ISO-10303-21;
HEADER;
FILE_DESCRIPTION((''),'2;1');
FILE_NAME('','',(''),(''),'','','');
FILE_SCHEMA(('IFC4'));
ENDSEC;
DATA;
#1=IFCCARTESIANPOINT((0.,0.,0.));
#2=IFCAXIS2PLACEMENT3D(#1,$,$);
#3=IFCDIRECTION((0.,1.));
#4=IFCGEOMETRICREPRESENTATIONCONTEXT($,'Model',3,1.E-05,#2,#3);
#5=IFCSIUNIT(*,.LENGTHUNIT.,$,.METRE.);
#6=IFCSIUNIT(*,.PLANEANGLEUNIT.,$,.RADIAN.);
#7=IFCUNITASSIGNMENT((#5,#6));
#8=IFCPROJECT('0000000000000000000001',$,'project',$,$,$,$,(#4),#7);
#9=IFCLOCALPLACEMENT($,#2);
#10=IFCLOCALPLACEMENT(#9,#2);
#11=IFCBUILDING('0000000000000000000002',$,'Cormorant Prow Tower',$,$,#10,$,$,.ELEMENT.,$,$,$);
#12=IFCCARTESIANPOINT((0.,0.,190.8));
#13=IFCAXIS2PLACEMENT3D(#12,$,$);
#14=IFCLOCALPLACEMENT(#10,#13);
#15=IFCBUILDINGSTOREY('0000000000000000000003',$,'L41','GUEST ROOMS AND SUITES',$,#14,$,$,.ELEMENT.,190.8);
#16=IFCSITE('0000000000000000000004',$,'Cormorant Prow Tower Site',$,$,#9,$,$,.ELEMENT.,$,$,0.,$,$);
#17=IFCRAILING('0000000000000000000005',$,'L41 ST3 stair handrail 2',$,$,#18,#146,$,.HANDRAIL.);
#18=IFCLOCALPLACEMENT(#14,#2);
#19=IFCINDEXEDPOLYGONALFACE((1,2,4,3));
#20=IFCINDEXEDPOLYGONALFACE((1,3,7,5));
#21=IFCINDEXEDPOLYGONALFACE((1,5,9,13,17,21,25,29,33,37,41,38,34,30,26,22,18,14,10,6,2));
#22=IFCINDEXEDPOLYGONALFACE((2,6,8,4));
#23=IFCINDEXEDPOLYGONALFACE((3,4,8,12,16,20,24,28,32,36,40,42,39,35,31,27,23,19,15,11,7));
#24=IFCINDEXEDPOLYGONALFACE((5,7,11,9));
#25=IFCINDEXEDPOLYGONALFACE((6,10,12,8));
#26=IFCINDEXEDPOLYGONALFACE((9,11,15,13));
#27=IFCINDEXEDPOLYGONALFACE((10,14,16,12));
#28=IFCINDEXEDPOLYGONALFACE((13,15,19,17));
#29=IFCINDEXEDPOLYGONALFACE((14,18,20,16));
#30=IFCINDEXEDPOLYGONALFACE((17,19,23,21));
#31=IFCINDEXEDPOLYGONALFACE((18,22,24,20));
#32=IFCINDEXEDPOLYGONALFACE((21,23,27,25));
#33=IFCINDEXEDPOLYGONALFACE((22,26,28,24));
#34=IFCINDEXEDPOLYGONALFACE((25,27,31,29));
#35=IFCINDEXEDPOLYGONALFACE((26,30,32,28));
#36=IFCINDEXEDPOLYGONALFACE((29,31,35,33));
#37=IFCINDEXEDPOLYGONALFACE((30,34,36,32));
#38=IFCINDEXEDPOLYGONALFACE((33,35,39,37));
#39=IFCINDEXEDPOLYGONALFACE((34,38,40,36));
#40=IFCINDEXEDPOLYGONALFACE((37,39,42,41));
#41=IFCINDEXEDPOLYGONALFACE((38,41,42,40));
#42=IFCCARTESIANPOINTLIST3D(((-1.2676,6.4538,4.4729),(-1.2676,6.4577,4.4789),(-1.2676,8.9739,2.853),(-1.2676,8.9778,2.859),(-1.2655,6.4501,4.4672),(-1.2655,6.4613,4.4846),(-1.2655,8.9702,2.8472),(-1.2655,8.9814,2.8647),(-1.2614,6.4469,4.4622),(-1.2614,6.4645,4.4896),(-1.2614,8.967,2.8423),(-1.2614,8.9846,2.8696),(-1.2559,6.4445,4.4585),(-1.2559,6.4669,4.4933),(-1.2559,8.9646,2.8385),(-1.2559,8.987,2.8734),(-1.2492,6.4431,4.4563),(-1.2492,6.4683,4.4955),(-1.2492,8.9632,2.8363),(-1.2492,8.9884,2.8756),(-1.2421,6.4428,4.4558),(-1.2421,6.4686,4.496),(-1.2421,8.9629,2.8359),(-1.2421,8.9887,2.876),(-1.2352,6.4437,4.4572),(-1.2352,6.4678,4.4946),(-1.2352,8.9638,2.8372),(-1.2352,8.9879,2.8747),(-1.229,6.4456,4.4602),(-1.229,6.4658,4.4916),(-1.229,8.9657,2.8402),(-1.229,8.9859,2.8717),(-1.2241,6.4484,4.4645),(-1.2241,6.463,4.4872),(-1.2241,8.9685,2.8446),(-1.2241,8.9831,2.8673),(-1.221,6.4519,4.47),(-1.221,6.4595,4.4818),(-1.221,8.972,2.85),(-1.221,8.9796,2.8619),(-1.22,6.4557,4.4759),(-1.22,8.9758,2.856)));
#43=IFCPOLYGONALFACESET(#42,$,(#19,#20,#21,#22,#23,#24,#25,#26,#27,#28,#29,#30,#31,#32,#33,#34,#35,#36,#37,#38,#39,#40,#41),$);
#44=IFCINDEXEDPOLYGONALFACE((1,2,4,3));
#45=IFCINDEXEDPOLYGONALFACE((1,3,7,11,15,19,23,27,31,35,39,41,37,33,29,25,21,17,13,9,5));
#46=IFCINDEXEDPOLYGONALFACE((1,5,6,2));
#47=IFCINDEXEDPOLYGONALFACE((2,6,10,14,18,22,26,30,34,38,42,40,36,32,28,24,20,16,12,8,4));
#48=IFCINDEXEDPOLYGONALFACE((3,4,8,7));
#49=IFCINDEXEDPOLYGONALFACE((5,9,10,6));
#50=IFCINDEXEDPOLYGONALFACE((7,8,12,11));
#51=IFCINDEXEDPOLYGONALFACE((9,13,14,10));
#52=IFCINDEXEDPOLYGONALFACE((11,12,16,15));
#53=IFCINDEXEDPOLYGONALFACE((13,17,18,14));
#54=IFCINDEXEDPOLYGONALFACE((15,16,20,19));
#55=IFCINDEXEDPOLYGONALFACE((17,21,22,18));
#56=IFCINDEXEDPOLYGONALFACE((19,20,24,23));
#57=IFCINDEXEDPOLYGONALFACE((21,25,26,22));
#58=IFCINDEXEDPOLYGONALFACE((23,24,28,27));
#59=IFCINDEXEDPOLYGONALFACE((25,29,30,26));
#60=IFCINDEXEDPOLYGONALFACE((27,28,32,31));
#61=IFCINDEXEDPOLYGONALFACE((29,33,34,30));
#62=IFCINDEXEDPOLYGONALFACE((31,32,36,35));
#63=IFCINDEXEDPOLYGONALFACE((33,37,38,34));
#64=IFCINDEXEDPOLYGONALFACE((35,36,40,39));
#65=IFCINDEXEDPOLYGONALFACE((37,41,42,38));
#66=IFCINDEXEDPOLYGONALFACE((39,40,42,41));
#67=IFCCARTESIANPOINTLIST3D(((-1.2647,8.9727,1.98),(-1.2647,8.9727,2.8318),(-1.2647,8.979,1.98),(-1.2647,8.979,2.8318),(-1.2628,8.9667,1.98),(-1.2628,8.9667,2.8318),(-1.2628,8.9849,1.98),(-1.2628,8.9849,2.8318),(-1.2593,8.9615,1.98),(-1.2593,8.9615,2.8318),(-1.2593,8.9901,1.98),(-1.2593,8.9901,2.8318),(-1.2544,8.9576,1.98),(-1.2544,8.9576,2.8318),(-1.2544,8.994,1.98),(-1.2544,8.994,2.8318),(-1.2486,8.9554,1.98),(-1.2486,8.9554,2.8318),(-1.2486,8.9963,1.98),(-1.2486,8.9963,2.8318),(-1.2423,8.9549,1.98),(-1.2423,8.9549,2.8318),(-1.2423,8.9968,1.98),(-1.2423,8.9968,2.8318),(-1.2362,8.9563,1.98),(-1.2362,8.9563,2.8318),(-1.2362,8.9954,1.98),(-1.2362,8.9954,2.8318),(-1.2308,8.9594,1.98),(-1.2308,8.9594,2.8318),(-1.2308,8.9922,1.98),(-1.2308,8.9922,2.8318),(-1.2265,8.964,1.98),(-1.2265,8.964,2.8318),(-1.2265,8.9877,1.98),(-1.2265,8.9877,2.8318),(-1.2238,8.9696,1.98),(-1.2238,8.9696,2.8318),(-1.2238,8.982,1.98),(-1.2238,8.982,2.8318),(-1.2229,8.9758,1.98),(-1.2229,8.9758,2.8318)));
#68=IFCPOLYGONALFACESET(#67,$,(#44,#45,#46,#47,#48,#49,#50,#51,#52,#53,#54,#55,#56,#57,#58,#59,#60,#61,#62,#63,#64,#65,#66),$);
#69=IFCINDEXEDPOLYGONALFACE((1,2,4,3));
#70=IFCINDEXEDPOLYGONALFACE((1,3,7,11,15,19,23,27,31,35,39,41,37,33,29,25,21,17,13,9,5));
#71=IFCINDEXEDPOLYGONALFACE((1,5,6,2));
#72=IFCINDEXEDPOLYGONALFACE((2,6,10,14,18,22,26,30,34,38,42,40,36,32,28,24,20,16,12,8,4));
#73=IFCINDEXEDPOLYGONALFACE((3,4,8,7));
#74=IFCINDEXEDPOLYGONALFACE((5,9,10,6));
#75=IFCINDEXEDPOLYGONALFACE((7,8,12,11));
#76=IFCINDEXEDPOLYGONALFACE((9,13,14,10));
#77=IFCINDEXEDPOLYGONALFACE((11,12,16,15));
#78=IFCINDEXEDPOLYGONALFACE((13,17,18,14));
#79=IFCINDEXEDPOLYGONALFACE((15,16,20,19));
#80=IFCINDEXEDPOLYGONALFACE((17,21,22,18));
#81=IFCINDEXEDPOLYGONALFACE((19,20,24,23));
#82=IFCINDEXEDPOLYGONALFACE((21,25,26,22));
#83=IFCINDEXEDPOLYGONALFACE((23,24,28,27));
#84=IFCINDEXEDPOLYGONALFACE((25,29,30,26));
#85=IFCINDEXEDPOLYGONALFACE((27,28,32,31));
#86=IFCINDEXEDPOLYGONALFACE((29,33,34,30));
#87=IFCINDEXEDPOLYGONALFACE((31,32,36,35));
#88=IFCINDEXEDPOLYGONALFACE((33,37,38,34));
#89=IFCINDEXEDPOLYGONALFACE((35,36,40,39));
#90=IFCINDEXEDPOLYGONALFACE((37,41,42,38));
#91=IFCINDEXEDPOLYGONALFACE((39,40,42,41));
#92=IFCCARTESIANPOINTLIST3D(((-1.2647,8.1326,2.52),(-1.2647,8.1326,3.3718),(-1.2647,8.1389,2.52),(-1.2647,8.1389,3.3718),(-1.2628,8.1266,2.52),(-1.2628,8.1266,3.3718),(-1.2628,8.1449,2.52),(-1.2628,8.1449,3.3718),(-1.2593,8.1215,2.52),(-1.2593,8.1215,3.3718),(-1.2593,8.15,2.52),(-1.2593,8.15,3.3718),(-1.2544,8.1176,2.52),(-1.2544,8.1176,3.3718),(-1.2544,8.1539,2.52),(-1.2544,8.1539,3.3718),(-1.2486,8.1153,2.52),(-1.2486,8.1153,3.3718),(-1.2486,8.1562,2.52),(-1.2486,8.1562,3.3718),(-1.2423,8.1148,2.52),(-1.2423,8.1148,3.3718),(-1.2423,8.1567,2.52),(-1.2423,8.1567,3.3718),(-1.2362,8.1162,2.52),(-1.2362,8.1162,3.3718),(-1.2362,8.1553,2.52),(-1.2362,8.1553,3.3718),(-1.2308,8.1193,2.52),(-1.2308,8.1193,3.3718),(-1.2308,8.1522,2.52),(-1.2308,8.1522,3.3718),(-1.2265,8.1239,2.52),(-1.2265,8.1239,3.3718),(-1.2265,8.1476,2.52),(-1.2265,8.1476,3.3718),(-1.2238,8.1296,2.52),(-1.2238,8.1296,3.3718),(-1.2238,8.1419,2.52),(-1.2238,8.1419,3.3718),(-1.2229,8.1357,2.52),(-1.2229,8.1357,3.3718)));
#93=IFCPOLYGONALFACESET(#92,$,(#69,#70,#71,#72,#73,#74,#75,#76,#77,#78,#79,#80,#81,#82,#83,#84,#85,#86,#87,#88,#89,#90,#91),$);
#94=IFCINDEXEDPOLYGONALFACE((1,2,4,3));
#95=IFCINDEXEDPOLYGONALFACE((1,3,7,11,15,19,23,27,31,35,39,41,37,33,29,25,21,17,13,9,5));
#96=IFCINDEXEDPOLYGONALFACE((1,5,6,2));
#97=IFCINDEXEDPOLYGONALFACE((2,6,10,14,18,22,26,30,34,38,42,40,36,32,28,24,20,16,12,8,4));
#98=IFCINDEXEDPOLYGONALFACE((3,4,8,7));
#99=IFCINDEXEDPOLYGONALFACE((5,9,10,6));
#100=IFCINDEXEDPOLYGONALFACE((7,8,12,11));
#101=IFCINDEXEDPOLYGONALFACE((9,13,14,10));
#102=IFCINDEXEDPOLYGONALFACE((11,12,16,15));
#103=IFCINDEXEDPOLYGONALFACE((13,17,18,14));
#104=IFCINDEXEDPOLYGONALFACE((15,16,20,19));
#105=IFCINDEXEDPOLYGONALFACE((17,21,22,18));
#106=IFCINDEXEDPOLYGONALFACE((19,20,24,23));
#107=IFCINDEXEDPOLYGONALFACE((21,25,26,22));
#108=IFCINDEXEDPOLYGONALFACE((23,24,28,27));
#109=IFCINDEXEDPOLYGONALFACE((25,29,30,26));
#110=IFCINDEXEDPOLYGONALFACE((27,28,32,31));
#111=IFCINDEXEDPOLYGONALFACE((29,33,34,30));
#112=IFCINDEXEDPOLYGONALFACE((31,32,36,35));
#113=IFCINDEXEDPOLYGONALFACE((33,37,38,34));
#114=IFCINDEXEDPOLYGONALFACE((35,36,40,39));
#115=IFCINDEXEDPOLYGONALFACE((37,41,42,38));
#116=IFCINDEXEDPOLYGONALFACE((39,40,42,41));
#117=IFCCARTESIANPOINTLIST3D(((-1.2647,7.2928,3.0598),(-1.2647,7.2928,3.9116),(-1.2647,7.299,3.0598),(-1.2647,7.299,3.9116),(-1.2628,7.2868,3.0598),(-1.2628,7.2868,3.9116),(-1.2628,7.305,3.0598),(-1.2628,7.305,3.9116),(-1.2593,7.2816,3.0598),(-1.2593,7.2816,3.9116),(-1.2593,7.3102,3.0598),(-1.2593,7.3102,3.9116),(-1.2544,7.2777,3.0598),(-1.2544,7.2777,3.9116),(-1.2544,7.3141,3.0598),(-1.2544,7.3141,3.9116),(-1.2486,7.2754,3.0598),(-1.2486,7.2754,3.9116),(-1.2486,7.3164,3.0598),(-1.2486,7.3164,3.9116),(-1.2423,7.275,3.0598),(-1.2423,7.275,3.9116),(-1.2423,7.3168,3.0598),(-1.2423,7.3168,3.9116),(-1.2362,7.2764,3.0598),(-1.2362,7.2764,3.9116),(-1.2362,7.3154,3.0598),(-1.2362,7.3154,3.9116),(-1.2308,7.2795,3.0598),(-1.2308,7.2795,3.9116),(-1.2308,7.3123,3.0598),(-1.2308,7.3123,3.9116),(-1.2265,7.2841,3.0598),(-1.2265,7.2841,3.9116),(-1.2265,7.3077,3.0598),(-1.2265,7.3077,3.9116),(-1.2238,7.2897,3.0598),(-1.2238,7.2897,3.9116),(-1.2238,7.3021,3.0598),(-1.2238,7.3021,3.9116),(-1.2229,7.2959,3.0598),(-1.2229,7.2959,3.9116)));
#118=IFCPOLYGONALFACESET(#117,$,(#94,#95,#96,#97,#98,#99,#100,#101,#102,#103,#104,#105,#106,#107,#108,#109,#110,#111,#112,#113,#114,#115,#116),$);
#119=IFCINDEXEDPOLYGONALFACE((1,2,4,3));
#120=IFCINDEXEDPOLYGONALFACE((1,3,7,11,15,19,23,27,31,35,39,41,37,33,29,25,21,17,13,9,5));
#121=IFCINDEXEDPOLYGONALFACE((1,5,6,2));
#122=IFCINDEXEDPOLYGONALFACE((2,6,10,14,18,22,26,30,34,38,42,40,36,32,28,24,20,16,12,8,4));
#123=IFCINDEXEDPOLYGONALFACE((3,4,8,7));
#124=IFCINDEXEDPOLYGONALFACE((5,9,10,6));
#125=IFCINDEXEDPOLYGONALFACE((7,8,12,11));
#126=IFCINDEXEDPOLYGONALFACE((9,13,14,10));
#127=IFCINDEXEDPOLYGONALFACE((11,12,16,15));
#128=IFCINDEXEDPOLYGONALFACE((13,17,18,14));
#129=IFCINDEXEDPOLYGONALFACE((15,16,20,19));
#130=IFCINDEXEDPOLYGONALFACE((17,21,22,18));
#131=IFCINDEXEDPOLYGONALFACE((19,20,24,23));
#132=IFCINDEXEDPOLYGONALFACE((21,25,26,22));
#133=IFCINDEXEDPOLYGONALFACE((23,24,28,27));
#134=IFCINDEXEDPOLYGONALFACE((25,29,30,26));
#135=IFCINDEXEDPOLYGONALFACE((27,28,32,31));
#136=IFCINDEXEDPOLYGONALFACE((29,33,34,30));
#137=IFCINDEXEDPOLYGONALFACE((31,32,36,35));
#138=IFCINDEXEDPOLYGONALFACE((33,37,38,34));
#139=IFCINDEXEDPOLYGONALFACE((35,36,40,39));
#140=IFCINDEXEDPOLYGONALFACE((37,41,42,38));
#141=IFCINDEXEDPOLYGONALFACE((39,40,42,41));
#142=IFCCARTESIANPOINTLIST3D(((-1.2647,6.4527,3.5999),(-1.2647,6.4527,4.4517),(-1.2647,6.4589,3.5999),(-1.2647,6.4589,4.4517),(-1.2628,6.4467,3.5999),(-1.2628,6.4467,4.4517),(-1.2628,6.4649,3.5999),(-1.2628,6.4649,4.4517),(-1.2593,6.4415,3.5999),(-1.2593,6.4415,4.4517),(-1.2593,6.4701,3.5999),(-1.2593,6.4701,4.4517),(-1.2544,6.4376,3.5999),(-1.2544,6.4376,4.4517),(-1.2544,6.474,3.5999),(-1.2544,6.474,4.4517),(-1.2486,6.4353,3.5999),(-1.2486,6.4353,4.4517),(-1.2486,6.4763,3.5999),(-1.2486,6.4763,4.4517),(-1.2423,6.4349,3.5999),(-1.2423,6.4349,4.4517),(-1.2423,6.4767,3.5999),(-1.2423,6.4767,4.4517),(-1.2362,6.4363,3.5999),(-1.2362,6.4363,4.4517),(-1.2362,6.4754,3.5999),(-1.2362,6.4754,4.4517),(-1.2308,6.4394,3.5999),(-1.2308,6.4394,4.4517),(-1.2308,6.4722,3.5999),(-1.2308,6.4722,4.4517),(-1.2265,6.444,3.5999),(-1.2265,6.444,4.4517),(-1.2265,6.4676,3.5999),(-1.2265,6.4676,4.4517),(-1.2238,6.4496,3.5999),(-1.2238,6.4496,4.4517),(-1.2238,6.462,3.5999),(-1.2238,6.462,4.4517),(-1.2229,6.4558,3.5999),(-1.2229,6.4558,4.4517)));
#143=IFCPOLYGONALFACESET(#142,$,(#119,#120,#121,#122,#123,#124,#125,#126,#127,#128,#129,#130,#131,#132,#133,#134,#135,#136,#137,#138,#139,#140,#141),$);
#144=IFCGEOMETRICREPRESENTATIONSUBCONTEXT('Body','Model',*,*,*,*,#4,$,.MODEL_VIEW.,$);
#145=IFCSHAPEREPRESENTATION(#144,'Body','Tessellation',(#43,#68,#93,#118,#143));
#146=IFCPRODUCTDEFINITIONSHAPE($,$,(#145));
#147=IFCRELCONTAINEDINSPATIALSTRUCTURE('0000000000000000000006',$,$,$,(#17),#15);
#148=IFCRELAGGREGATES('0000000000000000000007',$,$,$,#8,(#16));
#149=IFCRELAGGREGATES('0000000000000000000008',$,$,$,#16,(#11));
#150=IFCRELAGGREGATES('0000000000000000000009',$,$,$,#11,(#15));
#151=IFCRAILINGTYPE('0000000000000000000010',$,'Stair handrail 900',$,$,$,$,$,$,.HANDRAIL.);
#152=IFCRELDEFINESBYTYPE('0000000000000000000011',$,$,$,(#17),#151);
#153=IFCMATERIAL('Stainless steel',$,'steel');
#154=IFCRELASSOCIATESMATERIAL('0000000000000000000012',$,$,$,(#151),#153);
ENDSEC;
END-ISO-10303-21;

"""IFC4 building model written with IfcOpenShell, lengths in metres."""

from ifc_helpers import new_model, si_unit, direction, frame, origin, origin_2d, place, context, subcontext, project, spatial, circle, extrude, material, type_object, element, save


model = new_model("IFC4")

# Units and contexts
model_context = context("Model", 3, precision=1e-05, world=origin(), true_north=direction((0.0, 1.0)))
body_context = subcontext(model_context, "Body", "Model", "MODEL_VIEW")
ifc_project = project(units=[si_unit("LENGTHUNIT", "METRE"), si_unit("PLANEANGLEUNIT", "RADIAN")], contexts=[model_context])

# Site, building, storey
site_placement = place(None, origin())
site = spatial("IfcSite", under=ifc_project, at=site_placement, Name="Cormorant Prow Tower Site", CompositionType="ELEMENT", RefElevation=0.0)
building_placement = place(site_placement, origin())
building = spatial("IfcBuilding", under=site, at=building_placement, Name="Cormorant Prow Tower", CompositionType="ELEMENT")
storey_placement = place(building_placement, frame((0.0, 0.0, 190.8)))
storey = spatial("IfcBuildingStorey", under=building, at=storey_placement, Name="L41", Description="GUEST ROOMS AND SUITES", CompositionType="ELEMENT", Elevation=190.8)

# Railing
ifc_material_1 = material(Name="Stainless steel", Category="steel")
railing_type = type_object("IfcRailingType", Name="Stair handrail 900", PredefinedType="HANDRAIL", material=ifc_material_1)
railing_placement = place(storey_placement, frame((-1.2439, 8.9758, 1.98)))
element("IfcRailing", 1, at=railing_placement, inside=storey, type_object=railing_type, Name="L41 ST3 stair handrail 2", PredefinedType="HANDRAIL", context=body_context, shape_type="SweptSolid", body=[
    extrude(circle(Radius=0.0239, at=origin_2d()), frame((0.0, 0.0, 0.876), z_axis=(0.0, -0.8412, 0.540725), x_axis=(1.0, 0.0, 0.0)), (0.0, 0.0, 1.0), 2.9958),
    extrude(circle(Radius=0.021, at=origin_2d()), origin(), (0.0, 0.0, 1.0), 0.8518),
    extrude(circle(Radius=0.021, at=origin_2d()), frame((0.0, -0.8401, 0.54)), (0.0, 0.0, 1.0), 0.8518),
    extrude(circle(Radius=0.021, at=origin_2d()), frame((0.0, -1.6799, 1.0798)), (0.0, 0.0, 1.0), 0.8518),
    extrude(circle(Radius=0.021, at=origin_2d()), frame((0.0, -2.52, 1.6199)), (0.0, 0.0, 1.0), 0.8518),
])

save(model, "model.ifc")
